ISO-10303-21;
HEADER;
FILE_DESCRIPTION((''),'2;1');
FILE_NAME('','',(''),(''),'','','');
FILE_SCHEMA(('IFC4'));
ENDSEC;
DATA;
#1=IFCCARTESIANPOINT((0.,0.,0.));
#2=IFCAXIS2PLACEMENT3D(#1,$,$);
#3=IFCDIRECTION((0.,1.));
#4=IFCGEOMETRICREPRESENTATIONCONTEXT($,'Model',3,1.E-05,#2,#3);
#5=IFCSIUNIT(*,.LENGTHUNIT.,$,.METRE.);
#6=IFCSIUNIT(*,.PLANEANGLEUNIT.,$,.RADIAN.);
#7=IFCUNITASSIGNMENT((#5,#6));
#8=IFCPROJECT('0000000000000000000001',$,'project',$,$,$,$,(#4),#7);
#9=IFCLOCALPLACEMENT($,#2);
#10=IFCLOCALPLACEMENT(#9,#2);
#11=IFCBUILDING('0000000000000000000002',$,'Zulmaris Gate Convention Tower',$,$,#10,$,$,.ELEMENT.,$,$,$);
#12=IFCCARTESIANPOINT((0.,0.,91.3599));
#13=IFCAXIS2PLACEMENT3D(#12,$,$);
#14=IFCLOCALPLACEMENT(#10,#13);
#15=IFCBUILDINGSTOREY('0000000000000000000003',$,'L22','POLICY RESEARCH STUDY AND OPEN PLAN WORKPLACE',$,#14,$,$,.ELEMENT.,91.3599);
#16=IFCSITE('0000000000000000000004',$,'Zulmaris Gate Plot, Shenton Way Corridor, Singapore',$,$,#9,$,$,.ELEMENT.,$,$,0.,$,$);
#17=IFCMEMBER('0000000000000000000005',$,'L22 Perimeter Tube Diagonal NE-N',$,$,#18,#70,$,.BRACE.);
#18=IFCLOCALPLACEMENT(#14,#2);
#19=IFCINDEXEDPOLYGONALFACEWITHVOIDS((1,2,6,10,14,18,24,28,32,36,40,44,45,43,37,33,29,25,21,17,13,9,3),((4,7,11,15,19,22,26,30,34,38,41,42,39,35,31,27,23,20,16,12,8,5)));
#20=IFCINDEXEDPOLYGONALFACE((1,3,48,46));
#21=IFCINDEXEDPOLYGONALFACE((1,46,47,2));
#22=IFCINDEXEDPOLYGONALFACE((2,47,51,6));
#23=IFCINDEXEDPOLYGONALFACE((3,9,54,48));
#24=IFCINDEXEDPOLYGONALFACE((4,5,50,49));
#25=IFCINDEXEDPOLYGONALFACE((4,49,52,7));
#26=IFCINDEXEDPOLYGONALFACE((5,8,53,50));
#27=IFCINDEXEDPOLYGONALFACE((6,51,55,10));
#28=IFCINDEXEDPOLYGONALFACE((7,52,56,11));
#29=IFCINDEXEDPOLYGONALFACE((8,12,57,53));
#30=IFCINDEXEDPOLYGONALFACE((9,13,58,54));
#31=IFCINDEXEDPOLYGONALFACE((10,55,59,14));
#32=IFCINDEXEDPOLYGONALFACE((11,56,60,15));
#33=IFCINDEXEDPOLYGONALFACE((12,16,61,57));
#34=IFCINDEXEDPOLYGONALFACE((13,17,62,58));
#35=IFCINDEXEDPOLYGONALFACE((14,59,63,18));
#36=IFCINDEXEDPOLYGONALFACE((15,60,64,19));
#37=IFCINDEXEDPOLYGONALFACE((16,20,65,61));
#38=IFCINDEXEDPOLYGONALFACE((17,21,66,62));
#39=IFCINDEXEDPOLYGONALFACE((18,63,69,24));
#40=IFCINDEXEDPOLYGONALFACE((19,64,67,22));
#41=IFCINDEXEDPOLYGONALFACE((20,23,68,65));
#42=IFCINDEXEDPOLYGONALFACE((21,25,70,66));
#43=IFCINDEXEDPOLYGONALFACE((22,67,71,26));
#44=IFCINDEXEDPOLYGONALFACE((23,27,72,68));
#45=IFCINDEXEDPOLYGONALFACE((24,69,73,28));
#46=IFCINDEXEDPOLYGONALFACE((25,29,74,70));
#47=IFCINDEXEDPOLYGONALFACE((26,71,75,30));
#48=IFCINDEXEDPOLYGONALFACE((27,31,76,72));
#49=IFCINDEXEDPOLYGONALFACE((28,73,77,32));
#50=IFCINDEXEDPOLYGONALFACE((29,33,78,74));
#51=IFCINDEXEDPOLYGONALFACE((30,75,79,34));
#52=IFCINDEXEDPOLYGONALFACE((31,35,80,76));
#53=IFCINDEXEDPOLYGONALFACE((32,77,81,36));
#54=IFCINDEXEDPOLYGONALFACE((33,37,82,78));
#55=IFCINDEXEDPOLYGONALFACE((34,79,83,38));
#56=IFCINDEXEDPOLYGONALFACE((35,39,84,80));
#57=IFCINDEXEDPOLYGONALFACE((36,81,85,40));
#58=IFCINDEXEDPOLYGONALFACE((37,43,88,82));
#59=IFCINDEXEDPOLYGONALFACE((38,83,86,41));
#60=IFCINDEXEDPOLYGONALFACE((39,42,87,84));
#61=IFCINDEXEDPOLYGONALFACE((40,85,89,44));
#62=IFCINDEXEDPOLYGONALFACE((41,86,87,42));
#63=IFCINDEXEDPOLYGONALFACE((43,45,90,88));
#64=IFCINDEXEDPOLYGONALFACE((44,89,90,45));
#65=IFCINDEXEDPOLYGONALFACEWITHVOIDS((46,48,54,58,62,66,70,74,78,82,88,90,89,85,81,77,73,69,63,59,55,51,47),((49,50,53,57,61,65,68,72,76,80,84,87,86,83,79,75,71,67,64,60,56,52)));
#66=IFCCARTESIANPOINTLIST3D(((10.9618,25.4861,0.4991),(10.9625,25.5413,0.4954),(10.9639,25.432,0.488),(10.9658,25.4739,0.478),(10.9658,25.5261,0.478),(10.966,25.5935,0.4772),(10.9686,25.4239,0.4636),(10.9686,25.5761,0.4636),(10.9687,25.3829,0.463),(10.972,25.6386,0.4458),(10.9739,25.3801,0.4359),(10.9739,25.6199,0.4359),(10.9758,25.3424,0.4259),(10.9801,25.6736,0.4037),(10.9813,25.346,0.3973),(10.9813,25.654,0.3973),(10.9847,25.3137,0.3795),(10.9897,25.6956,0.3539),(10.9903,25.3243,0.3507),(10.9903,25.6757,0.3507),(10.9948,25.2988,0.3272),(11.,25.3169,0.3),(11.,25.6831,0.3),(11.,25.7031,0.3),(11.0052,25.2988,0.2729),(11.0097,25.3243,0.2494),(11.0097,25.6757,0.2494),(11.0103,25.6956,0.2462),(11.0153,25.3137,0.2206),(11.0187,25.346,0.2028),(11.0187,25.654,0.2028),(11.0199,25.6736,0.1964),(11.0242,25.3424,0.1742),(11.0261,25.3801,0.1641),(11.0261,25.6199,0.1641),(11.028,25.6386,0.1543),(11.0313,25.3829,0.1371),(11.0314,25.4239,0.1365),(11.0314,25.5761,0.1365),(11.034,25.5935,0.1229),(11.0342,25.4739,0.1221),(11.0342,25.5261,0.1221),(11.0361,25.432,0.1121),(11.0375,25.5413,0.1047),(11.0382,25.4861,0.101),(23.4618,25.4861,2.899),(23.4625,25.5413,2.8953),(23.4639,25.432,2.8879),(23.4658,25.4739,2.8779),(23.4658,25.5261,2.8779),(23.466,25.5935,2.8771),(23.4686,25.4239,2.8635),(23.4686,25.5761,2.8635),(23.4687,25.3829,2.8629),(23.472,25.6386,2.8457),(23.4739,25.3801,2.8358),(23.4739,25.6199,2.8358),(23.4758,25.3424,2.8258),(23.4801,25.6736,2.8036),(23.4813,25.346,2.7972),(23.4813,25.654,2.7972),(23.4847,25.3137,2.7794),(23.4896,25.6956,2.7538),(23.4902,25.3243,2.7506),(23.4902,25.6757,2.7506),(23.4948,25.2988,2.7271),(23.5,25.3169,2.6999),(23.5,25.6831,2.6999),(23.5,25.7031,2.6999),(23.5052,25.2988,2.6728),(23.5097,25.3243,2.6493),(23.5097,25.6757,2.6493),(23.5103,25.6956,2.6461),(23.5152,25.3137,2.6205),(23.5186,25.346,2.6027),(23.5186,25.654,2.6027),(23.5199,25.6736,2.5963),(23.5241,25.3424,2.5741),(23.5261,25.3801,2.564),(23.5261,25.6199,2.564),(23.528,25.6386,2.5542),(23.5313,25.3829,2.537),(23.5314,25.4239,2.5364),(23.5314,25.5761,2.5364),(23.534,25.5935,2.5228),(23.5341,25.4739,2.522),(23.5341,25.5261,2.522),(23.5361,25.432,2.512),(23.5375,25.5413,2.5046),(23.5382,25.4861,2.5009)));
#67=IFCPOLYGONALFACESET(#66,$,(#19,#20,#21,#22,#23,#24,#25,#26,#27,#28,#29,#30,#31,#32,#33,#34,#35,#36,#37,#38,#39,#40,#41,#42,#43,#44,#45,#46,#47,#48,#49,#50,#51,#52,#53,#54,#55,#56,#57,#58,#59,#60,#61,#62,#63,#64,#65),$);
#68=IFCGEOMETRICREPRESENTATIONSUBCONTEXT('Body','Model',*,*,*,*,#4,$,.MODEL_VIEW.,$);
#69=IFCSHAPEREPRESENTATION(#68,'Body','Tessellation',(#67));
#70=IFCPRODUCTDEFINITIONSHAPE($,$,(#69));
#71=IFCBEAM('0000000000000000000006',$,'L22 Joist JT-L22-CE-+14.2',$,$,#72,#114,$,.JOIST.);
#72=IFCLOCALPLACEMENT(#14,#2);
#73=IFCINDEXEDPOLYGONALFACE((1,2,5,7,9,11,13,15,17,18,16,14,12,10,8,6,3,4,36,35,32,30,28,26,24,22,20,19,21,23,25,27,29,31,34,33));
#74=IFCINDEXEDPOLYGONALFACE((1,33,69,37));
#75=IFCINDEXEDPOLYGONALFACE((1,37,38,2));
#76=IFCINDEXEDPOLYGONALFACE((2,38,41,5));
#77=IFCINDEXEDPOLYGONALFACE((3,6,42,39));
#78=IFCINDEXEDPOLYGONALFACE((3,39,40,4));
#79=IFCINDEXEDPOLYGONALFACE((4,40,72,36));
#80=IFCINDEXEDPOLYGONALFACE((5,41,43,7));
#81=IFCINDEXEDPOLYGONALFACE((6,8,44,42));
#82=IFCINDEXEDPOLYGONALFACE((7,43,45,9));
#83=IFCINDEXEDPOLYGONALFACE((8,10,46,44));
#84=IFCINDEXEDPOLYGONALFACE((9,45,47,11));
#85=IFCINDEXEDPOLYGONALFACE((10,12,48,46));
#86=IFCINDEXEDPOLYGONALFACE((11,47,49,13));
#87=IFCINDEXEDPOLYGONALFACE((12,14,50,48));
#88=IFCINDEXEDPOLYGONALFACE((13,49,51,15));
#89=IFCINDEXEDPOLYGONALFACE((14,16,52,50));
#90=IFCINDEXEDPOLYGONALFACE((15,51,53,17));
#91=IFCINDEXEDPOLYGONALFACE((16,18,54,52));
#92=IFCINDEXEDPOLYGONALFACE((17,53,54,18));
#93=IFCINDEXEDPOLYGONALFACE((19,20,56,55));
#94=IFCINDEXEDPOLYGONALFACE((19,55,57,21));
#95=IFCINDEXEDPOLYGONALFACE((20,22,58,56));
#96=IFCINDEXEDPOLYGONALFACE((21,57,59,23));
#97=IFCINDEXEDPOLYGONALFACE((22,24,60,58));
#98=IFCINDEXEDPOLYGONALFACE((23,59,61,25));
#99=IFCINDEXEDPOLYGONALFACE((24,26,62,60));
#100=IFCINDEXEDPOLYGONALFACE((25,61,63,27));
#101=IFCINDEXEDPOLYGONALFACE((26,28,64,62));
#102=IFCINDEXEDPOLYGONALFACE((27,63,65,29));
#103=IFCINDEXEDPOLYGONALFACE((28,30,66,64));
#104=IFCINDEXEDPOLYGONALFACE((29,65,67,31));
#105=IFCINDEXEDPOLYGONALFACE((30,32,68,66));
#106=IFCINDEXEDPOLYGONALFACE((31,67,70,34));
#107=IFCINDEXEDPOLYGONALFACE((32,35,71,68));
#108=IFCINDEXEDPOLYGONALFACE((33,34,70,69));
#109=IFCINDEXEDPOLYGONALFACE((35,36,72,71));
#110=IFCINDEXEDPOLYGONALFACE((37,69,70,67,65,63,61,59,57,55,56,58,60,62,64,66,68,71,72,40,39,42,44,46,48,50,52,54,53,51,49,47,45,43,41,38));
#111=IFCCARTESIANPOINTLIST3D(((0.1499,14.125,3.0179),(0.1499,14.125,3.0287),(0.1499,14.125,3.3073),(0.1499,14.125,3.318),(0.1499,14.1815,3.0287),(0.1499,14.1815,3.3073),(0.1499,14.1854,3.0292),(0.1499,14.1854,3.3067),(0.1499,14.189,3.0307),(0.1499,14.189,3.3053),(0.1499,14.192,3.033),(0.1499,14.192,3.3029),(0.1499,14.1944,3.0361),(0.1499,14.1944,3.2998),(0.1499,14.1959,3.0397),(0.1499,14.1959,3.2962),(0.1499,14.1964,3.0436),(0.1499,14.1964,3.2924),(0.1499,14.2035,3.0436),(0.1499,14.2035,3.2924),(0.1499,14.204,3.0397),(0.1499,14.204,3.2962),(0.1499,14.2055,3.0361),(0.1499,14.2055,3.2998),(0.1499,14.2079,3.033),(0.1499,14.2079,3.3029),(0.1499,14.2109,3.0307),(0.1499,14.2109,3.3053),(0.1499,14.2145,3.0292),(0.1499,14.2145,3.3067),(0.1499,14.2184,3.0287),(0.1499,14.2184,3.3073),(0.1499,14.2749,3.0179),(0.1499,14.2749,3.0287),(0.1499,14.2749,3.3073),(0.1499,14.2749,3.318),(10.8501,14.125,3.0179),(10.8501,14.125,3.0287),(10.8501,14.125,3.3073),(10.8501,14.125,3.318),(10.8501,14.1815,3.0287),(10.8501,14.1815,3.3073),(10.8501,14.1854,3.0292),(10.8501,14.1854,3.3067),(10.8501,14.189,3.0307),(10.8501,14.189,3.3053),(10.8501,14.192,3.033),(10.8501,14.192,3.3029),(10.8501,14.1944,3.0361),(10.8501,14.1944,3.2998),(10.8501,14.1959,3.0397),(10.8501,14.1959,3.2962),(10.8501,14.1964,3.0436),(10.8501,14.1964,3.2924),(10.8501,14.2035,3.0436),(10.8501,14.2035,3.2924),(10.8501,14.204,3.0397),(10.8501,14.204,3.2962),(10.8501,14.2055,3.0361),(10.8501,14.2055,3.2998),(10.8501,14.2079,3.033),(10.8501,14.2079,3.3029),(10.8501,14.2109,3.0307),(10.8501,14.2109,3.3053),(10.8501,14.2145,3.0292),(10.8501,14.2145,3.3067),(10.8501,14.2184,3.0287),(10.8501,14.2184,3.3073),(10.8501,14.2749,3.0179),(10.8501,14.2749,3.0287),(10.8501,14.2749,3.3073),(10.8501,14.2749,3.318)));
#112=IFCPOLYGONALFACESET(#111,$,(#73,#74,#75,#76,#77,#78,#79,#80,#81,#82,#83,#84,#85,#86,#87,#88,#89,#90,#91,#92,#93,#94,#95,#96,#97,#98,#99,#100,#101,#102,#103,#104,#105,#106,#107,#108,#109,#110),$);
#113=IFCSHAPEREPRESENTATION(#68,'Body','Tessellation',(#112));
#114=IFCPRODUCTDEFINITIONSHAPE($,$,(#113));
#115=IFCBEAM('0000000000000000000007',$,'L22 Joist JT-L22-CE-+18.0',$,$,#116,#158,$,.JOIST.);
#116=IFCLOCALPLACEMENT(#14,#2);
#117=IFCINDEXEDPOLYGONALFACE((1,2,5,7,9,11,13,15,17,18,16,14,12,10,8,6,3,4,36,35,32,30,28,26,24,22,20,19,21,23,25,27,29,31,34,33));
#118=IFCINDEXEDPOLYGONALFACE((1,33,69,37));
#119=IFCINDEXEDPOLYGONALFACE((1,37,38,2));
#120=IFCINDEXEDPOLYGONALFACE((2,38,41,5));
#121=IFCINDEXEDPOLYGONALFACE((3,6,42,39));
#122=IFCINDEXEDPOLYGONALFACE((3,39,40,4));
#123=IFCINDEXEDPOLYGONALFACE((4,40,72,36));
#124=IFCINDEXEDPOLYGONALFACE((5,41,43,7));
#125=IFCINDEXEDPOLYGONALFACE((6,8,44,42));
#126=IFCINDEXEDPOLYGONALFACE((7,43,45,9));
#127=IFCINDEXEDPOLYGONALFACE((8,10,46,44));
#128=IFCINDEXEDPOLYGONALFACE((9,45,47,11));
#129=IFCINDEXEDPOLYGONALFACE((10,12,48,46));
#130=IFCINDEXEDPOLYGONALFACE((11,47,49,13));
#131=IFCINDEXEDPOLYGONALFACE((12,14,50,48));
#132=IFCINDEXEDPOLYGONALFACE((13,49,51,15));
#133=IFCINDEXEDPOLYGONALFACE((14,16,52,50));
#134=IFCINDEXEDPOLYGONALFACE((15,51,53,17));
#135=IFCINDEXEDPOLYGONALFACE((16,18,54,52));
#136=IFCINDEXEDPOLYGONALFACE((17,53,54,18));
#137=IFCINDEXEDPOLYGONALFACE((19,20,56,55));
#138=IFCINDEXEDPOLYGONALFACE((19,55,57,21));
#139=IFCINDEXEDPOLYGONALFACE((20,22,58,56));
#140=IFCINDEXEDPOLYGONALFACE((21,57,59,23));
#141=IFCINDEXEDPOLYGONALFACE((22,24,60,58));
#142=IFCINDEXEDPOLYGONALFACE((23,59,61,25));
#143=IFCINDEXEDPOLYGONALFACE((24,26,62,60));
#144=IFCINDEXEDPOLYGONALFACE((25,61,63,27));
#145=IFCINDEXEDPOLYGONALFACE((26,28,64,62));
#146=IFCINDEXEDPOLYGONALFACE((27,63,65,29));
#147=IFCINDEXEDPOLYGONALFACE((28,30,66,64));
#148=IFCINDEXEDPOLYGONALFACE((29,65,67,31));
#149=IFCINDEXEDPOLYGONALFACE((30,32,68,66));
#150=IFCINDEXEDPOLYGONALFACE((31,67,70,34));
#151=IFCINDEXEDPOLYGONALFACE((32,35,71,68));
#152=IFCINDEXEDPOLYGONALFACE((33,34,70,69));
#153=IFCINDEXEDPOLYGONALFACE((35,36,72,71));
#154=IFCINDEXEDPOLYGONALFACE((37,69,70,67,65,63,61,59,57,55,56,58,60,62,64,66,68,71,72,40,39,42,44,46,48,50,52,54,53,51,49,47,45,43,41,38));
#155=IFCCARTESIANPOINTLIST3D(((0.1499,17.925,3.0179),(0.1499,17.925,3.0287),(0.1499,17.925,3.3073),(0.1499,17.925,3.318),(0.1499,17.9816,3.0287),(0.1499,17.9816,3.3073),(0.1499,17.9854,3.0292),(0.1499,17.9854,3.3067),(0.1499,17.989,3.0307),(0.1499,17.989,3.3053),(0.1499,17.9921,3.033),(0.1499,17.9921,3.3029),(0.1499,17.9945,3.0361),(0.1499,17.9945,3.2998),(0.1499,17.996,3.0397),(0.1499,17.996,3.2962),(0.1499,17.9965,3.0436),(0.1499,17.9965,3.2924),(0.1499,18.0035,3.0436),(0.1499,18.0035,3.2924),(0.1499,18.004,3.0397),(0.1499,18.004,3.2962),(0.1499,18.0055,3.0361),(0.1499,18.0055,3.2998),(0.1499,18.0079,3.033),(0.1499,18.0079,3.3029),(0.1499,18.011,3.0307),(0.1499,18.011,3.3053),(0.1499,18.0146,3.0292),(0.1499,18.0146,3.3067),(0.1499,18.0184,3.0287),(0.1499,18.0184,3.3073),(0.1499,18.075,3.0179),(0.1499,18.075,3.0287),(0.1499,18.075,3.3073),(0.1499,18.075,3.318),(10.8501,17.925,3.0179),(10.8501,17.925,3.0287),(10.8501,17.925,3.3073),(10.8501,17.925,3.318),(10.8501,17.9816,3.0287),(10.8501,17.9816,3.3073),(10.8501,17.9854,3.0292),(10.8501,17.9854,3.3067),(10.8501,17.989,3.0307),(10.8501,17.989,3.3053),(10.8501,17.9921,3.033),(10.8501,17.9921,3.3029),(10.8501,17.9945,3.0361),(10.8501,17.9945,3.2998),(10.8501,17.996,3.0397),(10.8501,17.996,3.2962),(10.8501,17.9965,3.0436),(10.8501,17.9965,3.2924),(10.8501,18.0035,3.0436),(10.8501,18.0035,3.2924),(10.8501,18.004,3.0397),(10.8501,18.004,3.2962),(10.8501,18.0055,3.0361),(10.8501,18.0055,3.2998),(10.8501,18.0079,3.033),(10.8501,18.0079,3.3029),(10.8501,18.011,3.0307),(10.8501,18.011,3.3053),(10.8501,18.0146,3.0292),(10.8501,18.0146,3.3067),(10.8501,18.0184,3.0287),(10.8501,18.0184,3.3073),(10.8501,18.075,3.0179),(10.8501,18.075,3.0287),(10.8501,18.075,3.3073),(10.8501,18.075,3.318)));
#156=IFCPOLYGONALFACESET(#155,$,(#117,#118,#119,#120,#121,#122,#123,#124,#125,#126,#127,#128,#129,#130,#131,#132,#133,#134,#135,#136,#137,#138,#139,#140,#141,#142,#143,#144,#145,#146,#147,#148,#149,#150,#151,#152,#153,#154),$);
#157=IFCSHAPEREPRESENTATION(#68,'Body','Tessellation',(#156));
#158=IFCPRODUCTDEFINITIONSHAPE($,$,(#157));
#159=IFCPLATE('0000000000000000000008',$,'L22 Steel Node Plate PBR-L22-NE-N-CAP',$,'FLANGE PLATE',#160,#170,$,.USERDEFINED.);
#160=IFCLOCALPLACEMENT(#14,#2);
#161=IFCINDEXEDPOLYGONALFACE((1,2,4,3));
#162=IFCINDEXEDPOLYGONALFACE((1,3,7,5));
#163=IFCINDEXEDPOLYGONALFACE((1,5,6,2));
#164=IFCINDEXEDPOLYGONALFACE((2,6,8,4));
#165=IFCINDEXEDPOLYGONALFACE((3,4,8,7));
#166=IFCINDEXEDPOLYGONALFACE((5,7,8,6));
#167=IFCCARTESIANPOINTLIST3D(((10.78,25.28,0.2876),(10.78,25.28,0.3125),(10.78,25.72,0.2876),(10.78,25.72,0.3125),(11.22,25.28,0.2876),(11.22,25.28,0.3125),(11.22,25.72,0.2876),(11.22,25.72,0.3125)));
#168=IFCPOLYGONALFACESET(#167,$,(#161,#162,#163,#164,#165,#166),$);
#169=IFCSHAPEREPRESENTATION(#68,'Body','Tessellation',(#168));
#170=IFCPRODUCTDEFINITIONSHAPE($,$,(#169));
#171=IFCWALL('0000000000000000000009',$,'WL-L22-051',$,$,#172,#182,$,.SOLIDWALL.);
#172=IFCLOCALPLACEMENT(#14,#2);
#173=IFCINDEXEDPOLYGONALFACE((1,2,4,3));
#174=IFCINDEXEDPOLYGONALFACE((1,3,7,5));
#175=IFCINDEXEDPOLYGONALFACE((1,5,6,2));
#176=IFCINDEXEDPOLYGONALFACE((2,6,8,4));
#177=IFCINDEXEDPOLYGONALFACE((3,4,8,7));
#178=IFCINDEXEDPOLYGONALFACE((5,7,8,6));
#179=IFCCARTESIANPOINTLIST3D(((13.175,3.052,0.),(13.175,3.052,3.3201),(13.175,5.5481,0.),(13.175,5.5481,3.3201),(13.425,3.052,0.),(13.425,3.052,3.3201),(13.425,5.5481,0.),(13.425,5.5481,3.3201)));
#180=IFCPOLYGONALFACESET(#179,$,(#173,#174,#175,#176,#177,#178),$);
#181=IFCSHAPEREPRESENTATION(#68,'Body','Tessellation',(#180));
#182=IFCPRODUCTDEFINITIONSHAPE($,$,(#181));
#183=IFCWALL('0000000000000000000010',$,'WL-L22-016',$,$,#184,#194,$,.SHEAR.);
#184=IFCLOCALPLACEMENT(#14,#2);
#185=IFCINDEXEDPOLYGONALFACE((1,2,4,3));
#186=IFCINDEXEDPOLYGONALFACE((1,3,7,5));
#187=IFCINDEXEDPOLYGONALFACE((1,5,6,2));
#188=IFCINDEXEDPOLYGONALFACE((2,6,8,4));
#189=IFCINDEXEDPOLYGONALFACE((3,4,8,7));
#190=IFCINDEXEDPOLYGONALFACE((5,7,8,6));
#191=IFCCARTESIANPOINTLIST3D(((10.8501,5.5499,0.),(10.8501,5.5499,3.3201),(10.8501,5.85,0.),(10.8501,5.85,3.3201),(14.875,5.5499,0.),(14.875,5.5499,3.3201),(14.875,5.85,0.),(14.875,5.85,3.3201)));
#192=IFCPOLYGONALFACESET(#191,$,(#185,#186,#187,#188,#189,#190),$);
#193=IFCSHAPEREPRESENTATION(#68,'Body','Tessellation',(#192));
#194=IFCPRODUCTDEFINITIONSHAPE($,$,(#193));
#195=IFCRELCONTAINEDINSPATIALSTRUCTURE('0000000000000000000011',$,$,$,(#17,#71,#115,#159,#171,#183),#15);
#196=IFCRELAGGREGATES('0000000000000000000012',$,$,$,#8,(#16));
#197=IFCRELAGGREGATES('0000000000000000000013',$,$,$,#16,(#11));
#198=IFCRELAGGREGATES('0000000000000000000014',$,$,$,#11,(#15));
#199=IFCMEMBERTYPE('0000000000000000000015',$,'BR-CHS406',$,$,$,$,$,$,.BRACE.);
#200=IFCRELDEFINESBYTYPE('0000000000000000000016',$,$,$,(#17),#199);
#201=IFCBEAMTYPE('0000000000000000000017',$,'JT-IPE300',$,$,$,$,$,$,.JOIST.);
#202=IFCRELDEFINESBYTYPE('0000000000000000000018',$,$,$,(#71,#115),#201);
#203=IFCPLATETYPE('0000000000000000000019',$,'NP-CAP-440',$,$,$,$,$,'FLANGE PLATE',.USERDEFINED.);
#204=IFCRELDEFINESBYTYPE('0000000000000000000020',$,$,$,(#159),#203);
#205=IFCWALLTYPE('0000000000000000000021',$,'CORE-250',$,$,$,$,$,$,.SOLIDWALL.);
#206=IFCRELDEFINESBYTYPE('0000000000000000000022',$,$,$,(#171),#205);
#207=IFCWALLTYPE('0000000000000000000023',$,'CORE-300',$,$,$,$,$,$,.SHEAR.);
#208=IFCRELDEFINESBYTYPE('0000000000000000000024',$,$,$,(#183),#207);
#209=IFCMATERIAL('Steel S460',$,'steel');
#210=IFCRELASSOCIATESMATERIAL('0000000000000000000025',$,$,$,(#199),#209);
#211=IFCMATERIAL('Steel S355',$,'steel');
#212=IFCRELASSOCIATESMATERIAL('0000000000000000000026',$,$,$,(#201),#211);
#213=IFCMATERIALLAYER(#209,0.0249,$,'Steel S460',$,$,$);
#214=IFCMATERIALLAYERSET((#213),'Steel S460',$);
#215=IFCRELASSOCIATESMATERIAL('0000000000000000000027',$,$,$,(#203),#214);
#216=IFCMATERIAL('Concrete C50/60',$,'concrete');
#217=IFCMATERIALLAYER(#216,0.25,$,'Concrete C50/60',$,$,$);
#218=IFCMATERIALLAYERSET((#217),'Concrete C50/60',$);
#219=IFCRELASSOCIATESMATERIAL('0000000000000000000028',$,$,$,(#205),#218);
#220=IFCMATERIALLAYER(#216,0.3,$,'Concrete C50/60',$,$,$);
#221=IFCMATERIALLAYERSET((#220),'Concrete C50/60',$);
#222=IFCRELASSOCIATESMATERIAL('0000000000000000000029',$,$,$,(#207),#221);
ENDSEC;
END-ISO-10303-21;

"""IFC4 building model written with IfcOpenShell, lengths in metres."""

from ifc_helpers import new_model, si_unit, direction, frame, frame_2d, origin, origin_2d, place, context, subcontext, project, spatial, rectangle, hollow_circle, i_section, extrude, material, layer, layer_set, material_profile, profile_set, type_object, element, save


model = new_model("IFC4")

# Units and contexts
model_context = context("Model", 3, precision=1e-05, world=origin(), true_north=direction((0.0, 1.0)))
body_context = subcontext(model_context, "Body", "Model", "MODEL_VIEW")
ifc_project = project(units=[si_unit("LENGTHUNIT", "METRE"), si_unit("PLANEANGLEUNIT", "RADIAN")], contexts=[model_context])

# Site, building, storey
site_placement = place(None, origin())
site = spatial("IfcSite", under=ifc_project, at=site_placement, Name="Zulmaris Gate Plot, Shenton Way Corridor, Singapore", CompositionType="ELEMENT", RefElevation=0.0)
building_placement = place(site_placement, origin())
building = spatial("IfcBuilding", under=site, at=building_placement, Name="Zulmaris Gate Convention Tower", CompositionType="ELEMENT")
storey_placement = place(building_placement, frame((0.0, 0.0, 91.3599)))
storey = spatial("IfcBuildingStorey", under=building, at=storey_placement, Name="L22", Description="POLICY RESEARCH STUDY AND OPEN PLAN WORKPLACE", CompositionType="ELEMENT", Elevation=91.3599)

# Shared definitions
ifc_material_1 = material(Name="Steel S355", Category="steel")

# Member
ifc_material_2 = material(Name="Steel S460", Category="steel")
ifc_material_profile_1 = material_profile(ifc_material_2, hollow_circle(Radius=0.2031, WallThickness=0.02, at=origin_2d()), Name="CHS 406.4x20")
ifc_profile_set_1 = profile_set([ifc_material_profile_1], Name="Steel S460")
member_type = type_object("IfcMemberType", Name="BR-CHS406", PredefinedType="BRACE", material=ifc_profile_set_1)
member_placement = place(storey_placement, frame((11.0, 25.5, 0.3), z_axis=(0.982064, 0.0, 0.188549), x_axis=(0.0, 1.0, 0.0)))
element("IfcMember", 1, at=member_placement, inside=storey, type_object=member_type, Name="L22 Perimeter Tube Diagonal NE-N", PredefinedType="BRACE", context=body_context, shape_type="SweptSolid", body=[
    extrude(hollow_circle(Radius=0.2031, WallThickness=0.02, at=origin_2d()), origin(), (0.0, 0.0, 1.0), 12.7283),
])

# Beams
ifc_material_profile_2 = material_profile(ifc_material_1, i_section(OverallWidth=0.1499, OverallDepth=0.3, WebThickness=0.0071, FlangeThickness=0.0107, FilletRadius=0.0149, at=origin_2d()), Name="IPE 300")
ifc_profile_set_2 = profile_set([ifc_material_profile_2], Name="Steel S355")
beam_type_1 = type_object("IfcBeamType", Name="JT-IPE300", PredefinedType="JOIST", material=ifc_profile_set_2)
for number, where, z_axis, x_axis, name in (
    (2, (0.1499, 14.2, 3.168), (1.0, 0.0, 0.0), (0.0, 1.0, 0.0), "L22 Joist JT-L22-CE-+14.2"),
    (3, (0.1499, 18.0, 3.168), (1.0, 0.0, 0.0), (0.0, 1.0, 0.0), "L22 Joist JT-L22-CE-+18.0"),
):
    element("IfcBeam", number, at=place(storey_placement, frame(where, z_axis=z_axis, x_axis=x_axis)), inside=storey, type_object=beam_type_1, Name=name, PredefinedType="JOIST", context=body_context, shape_type="SweptSolid", body=[
        extrude(i_section(OverallWidth=0.1499, OverallDepth=0.3, WebThickness=0.0071, FlangeThickness=0.0107, FilletRadius=0.0149, at=origin_2d()), origin(), (0.0, 0.0, 1.0), 10.7002),
    ])

# Plate
ifc_layer_1 = layer(ifc_material_2, 0.0249, Name="Steel S460")
ifc_layer_set_1 = layer_set([ifc_layer_1], Name="Steel S460")
plate_type = type_object("IfcPlateType", Name="NP-CAP-440", ElementType="FLANGE PLATE", PredefinedType="USERDEFINED", material=ifc_layer_set_1)
plate_placement = place(storey_placement, frame((11.0, 25.5, 0.2876), z_axis=(0.0, 0.0, 1.0), x_axis=(1.0, 0.0, 0.0)))
element("IfcPlate", 4, at=plate_placement, inside=storey, type_object=plate_type, Name="L22 Steel Node Plate PBR-L22-NE-N-CAP", ObjectType="FLANGE PLATE", PredefinedType="USERDEFINED", context=body_context, shape_type="SweptSolid", body=[
    extrude(rectangle(XDim=0.4399, YDim=0.4399, at=origin_2d()), origin(), (0.0, 0.0, 1.0), 0.0249),
])

# Walls
ifc_material_3 = material(Name="Concrete C50/60", Category="concrete")
ifc_layer_2 = layer(ifc_material_3, 0.25, Name="Concrete C50/60")
ifc_layer_set_2 = layer_set([ifc_layer_2], Name="Concrete C50/60")
wall_type_1 = type_object("IfcWallType", Name="CORE-250", PredefinedType="SOLIDWALL", material=ifc_layer_set_2)
wall_1_placement = place(storey_placement, frame((13.3, 3.052, 0.0), z_axis=(0.0, 0.0, 1.0), x_axis=(0.0, 1.0, 0.0)))
element("IfcWall", 5, at=wall_1_placement, inside=storey, type_object=wall_type_1, Name="WL-L22-051", PredefinedType="SOLIDWALL", context=body_context, shape_type="SweptSolid", body=[
    extrude(rectangle(XDim=2.4961, YDim=0.25, at=frame_2d((1.248, 0.0))), origin(), (0.0, 0.0, 1.0), 3.3201),
])
ifc_layer_3 = layer(ifc_material_3, 0.3, Name="Concrete C50/60")
ifc_layer_set_3 = layer_set([ifc_layer_3], Name="Concrete C50/60")
wall_type_2 = type_object("IfcWallType", Name="CORE-300", PredefinedType="SHEAR", material=ifc_layer_set_3)
wall_2_placement = place(storey_placement, frame((10.8501, 5.7, 0.0), z_axis=(0.0, 0.0, 1.0), x_axis=(1.0, 0.0, 0.0)))
element("IfcWall", 6, at=wall_2_placement, inside=storey, type_object=wall_type_2, Name="WL-L22-016", PredefinedType="SHEAR", context=body_context, shape_type="SweptSolid", body=[
    extrude(rectangle(XDim=4.0249, YDim=0.3, at=frame_2d((2.0125, 0.0))), origin(), (0.0, 0.0, 1.0), 3.3201),
])

save(model, "model.ifc")
